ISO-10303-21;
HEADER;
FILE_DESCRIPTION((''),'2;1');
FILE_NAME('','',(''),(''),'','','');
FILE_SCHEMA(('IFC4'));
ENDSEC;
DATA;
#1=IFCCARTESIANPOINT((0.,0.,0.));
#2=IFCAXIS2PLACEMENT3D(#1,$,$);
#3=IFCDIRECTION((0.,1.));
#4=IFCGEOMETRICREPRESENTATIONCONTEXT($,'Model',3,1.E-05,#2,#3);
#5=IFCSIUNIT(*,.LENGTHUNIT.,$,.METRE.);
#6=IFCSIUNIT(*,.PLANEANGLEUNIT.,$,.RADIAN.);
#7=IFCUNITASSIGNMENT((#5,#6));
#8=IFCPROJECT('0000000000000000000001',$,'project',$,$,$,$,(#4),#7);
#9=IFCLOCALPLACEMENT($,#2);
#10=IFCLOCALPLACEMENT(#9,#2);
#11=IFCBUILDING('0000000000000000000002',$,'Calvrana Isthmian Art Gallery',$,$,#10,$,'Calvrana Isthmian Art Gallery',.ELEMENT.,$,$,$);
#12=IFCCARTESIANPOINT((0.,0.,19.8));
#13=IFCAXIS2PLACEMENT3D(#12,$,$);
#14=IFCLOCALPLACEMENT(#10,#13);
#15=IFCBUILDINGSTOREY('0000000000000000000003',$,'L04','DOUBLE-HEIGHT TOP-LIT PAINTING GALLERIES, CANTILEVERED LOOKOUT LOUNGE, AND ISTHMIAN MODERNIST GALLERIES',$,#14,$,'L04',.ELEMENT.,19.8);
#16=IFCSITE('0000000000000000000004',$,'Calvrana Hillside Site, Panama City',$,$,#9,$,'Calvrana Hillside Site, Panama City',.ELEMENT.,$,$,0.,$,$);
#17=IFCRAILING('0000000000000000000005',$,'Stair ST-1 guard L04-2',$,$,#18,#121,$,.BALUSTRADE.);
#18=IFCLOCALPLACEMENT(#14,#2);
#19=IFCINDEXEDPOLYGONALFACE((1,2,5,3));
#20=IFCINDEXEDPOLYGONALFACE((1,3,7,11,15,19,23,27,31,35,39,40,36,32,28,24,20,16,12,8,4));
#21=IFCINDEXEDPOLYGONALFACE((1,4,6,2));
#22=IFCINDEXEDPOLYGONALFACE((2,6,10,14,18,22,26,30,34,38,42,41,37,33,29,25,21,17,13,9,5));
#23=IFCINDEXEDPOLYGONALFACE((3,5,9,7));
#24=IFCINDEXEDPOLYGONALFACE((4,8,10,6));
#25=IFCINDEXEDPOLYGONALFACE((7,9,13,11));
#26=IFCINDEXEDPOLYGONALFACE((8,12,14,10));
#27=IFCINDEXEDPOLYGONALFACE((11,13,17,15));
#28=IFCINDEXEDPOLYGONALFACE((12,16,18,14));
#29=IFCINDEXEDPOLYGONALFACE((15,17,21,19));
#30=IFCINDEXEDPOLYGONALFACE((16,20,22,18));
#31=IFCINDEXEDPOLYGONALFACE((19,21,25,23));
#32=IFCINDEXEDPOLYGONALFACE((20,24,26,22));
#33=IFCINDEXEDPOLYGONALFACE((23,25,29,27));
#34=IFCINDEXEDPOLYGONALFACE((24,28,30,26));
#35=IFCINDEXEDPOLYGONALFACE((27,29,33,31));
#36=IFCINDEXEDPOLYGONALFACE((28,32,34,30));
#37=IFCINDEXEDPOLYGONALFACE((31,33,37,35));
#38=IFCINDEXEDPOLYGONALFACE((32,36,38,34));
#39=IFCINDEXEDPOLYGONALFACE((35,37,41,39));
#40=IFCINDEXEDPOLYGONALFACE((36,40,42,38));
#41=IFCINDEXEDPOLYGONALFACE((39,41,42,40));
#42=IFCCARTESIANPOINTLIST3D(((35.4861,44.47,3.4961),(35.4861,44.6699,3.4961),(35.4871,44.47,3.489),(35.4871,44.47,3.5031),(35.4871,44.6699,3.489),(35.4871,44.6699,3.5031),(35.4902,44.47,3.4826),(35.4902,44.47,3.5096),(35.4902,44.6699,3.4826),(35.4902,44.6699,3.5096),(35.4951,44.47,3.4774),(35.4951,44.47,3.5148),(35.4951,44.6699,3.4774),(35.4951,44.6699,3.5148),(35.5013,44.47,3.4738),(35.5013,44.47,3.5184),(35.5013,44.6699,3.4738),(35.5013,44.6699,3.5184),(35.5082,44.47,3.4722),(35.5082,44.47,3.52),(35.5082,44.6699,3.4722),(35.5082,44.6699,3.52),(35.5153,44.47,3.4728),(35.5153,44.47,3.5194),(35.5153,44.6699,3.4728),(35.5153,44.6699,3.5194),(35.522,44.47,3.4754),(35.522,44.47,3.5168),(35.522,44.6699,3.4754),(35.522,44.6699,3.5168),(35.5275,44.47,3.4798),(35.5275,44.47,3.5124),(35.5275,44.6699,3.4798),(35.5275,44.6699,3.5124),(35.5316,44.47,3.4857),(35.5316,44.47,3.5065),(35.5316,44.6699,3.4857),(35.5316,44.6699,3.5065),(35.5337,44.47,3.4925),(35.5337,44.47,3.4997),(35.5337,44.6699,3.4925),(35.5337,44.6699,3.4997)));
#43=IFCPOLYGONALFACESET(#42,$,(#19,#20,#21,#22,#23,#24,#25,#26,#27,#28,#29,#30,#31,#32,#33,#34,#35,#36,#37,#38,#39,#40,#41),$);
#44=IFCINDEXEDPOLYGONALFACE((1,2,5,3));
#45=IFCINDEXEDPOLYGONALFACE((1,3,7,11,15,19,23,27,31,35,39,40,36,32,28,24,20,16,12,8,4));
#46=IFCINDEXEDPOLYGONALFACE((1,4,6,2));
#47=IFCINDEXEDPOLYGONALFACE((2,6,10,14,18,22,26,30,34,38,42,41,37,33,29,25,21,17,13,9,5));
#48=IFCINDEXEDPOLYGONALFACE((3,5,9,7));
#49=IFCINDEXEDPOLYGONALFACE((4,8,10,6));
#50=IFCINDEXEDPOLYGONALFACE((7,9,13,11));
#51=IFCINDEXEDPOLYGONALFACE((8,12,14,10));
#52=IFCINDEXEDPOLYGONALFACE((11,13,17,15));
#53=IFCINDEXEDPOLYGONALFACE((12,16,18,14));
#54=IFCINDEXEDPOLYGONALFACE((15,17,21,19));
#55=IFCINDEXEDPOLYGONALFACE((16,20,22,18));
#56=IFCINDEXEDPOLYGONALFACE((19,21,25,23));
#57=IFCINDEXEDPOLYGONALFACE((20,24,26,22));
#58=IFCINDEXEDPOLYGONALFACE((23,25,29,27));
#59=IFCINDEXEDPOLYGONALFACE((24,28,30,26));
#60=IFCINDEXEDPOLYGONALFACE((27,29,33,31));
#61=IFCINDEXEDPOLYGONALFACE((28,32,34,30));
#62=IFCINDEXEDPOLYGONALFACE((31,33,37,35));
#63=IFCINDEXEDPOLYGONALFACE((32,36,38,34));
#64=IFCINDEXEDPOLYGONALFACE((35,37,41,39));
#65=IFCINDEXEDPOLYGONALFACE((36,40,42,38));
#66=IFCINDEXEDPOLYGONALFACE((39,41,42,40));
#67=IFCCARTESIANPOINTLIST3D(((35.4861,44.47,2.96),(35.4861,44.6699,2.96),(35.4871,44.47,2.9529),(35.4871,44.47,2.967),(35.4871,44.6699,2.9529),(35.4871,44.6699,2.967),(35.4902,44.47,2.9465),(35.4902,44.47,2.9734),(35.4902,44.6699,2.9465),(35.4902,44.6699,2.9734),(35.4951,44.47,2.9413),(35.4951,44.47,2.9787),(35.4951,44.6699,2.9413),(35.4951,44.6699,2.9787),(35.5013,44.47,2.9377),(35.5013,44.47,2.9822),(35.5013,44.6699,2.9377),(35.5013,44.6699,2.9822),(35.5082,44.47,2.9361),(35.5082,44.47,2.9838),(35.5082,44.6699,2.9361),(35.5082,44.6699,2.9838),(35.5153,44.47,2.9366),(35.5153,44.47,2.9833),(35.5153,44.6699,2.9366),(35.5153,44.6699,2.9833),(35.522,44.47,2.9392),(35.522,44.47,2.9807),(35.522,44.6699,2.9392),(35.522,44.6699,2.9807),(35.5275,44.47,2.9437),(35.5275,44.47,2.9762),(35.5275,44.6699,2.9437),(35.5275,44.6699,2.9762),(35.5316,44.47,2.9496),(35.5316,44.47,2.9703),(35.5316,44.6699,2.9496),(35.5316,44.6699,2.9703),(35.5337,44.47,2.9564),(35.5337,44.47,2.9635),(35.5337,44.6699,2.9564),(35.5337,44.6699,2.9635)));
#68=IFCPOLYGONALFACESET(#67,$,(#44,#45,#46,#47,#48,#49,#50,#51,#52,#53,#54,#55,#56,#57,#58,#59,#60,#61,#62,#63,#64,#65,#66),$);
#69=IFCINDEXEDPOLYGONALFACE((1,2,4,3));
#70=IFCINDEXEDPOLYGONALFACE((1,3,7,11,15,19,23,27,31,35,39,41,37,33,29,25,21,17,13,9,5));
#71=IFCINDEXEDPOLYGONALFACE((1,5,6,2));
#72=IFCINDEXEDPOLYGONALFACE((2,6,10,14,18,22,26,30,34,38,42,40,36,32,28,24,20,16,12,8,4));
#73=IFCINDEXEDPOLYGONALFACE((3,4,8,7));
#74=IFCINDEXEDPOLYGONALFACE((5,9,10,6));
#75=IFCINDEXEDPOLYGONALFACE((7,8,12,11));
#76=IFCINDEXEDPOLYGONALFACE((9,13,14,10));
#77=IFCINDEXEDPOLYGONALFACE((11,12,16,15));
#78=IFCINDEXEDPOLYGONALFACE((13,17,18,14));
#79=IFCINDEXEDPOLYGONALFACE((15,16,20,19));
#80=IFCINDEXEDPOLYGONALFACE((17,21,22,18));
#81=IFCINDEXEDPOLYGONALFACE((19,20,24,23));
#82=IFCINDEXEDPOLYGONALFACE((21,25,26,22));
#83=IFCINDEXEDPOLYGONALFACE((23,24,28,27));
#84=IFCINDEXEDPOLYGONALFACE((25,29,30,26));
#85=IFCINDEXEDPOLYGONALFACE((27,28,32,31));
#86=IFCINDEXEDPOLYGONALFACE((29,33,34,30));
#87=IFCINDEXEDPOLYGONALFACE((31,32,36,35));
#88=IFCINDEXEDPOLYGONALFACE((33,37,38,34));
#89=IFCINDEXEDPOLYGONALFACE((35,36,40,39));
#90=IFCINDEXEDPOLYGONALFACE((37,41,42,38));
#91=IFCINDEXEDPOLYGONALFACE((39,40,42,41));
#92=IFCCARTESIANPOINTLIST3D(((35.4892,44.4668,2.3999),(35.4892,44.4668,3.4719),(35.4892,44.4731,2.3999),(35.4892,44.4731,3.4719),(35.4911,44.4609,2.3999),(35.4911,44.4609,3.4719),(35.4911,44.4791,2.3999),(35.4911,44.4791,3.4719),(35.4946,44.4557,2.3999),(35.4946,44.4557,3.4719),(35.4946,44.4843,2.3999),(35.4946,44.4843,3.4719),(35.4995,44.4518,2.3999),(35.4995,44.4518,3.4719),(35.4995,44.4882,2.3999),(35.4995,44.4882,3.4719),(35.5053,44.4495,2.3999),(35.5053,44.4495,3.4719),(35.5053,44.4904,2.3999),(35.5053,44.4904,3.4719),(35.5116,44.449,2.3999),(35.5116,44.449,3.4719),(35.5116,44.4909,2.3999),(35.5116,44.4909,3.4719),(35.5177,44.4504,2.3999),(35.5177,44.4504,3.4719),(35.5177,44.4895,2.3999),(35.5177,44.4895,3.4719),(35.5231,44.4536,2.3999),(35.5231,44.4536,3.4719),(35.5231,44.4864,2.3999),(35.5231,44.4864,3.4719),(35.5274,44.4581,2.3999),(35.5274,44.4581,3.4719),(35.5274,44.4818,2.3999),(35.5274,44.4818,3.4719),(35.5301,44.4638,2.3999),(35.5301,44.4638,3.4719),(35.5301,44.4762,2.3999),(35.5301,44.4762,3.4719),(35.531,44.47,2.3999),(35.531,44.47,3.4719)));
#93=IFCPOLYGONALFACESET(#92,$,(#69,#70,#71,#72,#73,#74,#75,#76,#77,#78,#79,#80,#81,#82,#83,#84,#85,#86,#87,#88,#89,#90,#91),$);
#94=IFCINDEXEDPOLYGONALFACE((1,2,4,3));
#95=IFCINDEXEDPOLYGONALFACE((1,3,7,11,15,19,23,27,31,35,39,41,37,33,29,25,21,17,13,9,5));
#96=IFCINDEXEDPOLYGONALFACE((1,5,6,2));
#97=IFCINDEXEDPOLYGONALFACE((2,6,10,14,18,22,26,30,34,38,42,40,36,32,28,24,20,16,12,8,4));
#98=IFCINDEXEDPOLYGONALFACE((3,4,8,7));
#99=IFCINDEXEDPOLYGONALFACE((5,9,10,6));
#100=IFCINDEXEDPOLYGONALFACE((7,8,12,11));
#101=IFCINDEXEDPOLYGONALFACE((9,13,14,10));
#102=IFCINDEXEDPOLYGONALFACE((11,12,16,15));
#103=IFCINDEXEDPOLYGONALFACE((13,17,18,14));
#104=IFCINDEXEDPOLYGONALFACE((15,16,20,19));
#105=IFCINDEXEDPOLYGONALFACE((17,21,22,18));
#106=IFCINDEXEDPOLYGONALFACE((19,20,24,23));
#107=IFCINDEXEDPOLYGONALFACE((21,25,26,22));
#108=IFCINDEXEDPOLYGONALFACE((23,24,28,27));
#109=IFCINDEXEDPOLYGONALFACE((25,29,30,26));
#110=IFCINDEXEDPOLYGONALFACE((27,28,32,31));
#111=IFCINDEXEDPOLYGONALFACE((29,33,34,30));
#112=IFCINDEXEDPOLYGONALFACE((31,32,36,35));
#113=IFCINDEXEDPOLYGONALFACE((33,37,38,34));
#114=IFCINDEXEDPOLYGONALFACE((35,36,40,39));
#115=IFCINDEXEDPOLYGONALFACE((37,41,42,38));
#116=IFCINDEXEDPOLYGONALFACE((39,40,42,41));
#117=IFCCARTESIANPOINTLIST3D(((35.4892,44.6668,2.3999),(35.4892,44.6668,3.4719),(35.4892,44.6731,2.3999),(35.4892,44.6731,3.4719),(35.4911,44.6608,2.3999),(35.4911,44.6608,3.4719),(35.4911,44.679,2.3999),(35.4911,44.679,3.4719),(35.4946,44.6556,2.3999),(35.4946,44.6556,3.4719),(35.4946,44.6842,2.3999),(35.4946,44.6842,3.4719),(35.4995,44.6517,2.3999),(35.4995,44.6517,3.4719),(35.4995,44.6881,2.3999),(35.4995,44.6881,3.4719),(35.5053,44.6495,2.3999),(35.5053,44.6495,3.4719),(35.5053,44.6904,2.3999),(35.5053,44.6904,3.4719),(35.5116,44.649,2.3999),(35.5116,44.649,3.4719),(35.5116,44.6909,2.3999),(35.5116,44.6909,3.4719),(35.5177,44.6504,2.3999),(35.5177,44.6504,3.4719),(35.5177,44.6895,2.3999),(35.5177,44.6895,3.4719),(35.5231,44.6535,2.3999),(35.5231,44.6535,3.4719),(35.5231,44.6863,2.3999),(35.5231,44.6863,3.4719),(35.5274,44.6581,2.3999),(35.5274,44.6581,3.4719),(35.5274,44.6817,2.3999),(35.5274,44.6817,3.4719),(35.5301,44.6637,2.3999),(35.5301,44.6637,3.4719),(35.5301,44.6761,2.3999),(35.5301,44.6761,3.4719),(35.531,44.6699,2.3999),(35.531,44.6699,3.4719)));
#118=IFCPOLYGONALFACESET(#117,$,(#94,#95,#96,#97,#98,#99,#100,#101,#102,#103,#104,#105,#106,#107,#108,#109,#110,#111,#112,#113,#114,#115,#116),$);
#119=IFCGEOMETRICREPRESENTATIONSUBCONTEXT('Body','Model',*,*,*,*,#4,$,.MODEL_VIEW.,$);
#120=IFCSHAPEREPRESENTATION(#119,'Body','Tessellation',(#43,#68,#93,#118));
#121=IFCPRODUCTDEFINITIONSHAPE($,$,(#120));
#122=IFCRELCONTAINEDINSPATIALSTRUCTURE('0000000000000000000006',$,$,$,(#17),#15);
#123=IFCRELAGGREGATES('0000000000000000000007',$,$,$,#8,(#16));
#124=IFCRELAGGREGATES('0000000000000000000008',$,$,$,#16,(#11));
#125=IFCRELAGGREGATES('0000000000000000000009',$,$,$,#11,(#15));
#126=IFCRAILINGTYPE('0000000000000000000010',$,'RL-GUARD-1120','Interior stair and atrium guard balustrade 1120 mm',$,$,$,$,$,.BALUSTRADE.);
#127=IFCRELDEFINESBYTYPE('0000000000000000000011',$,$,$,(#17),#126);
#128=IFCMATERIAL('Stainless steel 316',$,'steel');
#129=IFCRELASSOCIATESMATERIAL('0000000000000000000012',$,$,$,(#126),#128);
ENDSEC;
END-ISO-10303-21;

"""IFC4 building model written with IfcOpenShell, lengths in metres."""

from ifc_helpers import new_model, si_unit, direction, frame, origin, origin_2d, place, context, subcontext, project, spatial, circle, extrude, material, type_object, element, save


model = new_model("IFC4")

# Units and contexts
model_context = context("Model", 3, precision=1e-05, world=origin(), true_north=direction((0.0, 1.0)))
body_context = subcontext(model_context, "Body", "Model", "MODEL_VIEW")
ifc_project = project(units=[si_unit("LENGTHUNIT", "METRE"), si_unit("PLANEANGLEUNIT", "RADIAN")], contexts=[model_context])

# Site, building, storey
site_placement = place(None, origin())
site = spatial("IfcSite", under=ifc_project, at=site_placement, Name="Calvrana Hillside Site, Panama City", LongName="Calvrana Hillside Site, Panama City", CompositionType="ELEMENT", RefElevation=0.0)
building_placement = place(site_placement, origin())
building = spatial("IfcBuilding", under=site, at=building_placement, Name="Calvrana Isthmian Art Gallery", LongName="Calvrana Isthmian Art Gallery", CompositionType="ELEMENT")
storey_placement = place(building_placement, frame((0.0, 0.0, 19.8)))
storey = spatial("IfcBuildingStorey", under=building, at=storey_placement, Name="L04", Description="DOUBLE-HEIGHT TOP-LIT PAINTING GALLERIES, CANTILEVERED LOOKOUT LOUNGE, AND ISTHMIAN MODERNIST GALLERIES", LongName="L04", CompositionType="ELEMENT", Elevation=19.8)

# Shared definitions
ifc_material_1 = material(Name="Stainless steel 316", Category="steel")

# Railing
railing_type_1 = type_object("IfcRailingType", Name="RL-GUARD-1120", Description="Interior stair and atrium guard balustrade 1120 mm", PredefinedType="BALUSTRADE", material=ifc_material_1)
railing_1_placement = place(storey_placement, frame((35.51, 44.47, 2.3999)))
element("IfcRailing", 1, at=railing_1_placement, inside=storey, type_object=railing_type_1, Name="Stair ST-1 guard L04-2", PredefinedType="BALUSTRADE", context=body_context, shape_type="SweptSolid", body=[
    extrude(circle(Radius=0.0239, at=origin_2d()), frame((0.0, 0.0, 1.0962), z_axis=(0.0, 1.0, 0.0), x_axis=(-1.0, 0.0, 0.0)), (0.0, 0.0, 1.0), 0.2),
    extrude(circle(Radius=0.0239, at=origin_2d()), frame((0.0, 0.0, 0.5601), z_axis=(0.0, 1.0, 0.0), x_axis=(-1.0, 0.0, 0.0)), (0.0, 0.0, 1.0), 0.2),
    extrude(circle(Radius=0.021, at=origin_2d()), origin(), (0.0, 0.0, 1.0), 1.072),
    extrude(circle(Radius=0.021, at=origin_2d()), frame((0.0, 0.2, 0.0)), (0.0, 0.0, 1.0), 1.072),
])

save(model, "model.ifc")
